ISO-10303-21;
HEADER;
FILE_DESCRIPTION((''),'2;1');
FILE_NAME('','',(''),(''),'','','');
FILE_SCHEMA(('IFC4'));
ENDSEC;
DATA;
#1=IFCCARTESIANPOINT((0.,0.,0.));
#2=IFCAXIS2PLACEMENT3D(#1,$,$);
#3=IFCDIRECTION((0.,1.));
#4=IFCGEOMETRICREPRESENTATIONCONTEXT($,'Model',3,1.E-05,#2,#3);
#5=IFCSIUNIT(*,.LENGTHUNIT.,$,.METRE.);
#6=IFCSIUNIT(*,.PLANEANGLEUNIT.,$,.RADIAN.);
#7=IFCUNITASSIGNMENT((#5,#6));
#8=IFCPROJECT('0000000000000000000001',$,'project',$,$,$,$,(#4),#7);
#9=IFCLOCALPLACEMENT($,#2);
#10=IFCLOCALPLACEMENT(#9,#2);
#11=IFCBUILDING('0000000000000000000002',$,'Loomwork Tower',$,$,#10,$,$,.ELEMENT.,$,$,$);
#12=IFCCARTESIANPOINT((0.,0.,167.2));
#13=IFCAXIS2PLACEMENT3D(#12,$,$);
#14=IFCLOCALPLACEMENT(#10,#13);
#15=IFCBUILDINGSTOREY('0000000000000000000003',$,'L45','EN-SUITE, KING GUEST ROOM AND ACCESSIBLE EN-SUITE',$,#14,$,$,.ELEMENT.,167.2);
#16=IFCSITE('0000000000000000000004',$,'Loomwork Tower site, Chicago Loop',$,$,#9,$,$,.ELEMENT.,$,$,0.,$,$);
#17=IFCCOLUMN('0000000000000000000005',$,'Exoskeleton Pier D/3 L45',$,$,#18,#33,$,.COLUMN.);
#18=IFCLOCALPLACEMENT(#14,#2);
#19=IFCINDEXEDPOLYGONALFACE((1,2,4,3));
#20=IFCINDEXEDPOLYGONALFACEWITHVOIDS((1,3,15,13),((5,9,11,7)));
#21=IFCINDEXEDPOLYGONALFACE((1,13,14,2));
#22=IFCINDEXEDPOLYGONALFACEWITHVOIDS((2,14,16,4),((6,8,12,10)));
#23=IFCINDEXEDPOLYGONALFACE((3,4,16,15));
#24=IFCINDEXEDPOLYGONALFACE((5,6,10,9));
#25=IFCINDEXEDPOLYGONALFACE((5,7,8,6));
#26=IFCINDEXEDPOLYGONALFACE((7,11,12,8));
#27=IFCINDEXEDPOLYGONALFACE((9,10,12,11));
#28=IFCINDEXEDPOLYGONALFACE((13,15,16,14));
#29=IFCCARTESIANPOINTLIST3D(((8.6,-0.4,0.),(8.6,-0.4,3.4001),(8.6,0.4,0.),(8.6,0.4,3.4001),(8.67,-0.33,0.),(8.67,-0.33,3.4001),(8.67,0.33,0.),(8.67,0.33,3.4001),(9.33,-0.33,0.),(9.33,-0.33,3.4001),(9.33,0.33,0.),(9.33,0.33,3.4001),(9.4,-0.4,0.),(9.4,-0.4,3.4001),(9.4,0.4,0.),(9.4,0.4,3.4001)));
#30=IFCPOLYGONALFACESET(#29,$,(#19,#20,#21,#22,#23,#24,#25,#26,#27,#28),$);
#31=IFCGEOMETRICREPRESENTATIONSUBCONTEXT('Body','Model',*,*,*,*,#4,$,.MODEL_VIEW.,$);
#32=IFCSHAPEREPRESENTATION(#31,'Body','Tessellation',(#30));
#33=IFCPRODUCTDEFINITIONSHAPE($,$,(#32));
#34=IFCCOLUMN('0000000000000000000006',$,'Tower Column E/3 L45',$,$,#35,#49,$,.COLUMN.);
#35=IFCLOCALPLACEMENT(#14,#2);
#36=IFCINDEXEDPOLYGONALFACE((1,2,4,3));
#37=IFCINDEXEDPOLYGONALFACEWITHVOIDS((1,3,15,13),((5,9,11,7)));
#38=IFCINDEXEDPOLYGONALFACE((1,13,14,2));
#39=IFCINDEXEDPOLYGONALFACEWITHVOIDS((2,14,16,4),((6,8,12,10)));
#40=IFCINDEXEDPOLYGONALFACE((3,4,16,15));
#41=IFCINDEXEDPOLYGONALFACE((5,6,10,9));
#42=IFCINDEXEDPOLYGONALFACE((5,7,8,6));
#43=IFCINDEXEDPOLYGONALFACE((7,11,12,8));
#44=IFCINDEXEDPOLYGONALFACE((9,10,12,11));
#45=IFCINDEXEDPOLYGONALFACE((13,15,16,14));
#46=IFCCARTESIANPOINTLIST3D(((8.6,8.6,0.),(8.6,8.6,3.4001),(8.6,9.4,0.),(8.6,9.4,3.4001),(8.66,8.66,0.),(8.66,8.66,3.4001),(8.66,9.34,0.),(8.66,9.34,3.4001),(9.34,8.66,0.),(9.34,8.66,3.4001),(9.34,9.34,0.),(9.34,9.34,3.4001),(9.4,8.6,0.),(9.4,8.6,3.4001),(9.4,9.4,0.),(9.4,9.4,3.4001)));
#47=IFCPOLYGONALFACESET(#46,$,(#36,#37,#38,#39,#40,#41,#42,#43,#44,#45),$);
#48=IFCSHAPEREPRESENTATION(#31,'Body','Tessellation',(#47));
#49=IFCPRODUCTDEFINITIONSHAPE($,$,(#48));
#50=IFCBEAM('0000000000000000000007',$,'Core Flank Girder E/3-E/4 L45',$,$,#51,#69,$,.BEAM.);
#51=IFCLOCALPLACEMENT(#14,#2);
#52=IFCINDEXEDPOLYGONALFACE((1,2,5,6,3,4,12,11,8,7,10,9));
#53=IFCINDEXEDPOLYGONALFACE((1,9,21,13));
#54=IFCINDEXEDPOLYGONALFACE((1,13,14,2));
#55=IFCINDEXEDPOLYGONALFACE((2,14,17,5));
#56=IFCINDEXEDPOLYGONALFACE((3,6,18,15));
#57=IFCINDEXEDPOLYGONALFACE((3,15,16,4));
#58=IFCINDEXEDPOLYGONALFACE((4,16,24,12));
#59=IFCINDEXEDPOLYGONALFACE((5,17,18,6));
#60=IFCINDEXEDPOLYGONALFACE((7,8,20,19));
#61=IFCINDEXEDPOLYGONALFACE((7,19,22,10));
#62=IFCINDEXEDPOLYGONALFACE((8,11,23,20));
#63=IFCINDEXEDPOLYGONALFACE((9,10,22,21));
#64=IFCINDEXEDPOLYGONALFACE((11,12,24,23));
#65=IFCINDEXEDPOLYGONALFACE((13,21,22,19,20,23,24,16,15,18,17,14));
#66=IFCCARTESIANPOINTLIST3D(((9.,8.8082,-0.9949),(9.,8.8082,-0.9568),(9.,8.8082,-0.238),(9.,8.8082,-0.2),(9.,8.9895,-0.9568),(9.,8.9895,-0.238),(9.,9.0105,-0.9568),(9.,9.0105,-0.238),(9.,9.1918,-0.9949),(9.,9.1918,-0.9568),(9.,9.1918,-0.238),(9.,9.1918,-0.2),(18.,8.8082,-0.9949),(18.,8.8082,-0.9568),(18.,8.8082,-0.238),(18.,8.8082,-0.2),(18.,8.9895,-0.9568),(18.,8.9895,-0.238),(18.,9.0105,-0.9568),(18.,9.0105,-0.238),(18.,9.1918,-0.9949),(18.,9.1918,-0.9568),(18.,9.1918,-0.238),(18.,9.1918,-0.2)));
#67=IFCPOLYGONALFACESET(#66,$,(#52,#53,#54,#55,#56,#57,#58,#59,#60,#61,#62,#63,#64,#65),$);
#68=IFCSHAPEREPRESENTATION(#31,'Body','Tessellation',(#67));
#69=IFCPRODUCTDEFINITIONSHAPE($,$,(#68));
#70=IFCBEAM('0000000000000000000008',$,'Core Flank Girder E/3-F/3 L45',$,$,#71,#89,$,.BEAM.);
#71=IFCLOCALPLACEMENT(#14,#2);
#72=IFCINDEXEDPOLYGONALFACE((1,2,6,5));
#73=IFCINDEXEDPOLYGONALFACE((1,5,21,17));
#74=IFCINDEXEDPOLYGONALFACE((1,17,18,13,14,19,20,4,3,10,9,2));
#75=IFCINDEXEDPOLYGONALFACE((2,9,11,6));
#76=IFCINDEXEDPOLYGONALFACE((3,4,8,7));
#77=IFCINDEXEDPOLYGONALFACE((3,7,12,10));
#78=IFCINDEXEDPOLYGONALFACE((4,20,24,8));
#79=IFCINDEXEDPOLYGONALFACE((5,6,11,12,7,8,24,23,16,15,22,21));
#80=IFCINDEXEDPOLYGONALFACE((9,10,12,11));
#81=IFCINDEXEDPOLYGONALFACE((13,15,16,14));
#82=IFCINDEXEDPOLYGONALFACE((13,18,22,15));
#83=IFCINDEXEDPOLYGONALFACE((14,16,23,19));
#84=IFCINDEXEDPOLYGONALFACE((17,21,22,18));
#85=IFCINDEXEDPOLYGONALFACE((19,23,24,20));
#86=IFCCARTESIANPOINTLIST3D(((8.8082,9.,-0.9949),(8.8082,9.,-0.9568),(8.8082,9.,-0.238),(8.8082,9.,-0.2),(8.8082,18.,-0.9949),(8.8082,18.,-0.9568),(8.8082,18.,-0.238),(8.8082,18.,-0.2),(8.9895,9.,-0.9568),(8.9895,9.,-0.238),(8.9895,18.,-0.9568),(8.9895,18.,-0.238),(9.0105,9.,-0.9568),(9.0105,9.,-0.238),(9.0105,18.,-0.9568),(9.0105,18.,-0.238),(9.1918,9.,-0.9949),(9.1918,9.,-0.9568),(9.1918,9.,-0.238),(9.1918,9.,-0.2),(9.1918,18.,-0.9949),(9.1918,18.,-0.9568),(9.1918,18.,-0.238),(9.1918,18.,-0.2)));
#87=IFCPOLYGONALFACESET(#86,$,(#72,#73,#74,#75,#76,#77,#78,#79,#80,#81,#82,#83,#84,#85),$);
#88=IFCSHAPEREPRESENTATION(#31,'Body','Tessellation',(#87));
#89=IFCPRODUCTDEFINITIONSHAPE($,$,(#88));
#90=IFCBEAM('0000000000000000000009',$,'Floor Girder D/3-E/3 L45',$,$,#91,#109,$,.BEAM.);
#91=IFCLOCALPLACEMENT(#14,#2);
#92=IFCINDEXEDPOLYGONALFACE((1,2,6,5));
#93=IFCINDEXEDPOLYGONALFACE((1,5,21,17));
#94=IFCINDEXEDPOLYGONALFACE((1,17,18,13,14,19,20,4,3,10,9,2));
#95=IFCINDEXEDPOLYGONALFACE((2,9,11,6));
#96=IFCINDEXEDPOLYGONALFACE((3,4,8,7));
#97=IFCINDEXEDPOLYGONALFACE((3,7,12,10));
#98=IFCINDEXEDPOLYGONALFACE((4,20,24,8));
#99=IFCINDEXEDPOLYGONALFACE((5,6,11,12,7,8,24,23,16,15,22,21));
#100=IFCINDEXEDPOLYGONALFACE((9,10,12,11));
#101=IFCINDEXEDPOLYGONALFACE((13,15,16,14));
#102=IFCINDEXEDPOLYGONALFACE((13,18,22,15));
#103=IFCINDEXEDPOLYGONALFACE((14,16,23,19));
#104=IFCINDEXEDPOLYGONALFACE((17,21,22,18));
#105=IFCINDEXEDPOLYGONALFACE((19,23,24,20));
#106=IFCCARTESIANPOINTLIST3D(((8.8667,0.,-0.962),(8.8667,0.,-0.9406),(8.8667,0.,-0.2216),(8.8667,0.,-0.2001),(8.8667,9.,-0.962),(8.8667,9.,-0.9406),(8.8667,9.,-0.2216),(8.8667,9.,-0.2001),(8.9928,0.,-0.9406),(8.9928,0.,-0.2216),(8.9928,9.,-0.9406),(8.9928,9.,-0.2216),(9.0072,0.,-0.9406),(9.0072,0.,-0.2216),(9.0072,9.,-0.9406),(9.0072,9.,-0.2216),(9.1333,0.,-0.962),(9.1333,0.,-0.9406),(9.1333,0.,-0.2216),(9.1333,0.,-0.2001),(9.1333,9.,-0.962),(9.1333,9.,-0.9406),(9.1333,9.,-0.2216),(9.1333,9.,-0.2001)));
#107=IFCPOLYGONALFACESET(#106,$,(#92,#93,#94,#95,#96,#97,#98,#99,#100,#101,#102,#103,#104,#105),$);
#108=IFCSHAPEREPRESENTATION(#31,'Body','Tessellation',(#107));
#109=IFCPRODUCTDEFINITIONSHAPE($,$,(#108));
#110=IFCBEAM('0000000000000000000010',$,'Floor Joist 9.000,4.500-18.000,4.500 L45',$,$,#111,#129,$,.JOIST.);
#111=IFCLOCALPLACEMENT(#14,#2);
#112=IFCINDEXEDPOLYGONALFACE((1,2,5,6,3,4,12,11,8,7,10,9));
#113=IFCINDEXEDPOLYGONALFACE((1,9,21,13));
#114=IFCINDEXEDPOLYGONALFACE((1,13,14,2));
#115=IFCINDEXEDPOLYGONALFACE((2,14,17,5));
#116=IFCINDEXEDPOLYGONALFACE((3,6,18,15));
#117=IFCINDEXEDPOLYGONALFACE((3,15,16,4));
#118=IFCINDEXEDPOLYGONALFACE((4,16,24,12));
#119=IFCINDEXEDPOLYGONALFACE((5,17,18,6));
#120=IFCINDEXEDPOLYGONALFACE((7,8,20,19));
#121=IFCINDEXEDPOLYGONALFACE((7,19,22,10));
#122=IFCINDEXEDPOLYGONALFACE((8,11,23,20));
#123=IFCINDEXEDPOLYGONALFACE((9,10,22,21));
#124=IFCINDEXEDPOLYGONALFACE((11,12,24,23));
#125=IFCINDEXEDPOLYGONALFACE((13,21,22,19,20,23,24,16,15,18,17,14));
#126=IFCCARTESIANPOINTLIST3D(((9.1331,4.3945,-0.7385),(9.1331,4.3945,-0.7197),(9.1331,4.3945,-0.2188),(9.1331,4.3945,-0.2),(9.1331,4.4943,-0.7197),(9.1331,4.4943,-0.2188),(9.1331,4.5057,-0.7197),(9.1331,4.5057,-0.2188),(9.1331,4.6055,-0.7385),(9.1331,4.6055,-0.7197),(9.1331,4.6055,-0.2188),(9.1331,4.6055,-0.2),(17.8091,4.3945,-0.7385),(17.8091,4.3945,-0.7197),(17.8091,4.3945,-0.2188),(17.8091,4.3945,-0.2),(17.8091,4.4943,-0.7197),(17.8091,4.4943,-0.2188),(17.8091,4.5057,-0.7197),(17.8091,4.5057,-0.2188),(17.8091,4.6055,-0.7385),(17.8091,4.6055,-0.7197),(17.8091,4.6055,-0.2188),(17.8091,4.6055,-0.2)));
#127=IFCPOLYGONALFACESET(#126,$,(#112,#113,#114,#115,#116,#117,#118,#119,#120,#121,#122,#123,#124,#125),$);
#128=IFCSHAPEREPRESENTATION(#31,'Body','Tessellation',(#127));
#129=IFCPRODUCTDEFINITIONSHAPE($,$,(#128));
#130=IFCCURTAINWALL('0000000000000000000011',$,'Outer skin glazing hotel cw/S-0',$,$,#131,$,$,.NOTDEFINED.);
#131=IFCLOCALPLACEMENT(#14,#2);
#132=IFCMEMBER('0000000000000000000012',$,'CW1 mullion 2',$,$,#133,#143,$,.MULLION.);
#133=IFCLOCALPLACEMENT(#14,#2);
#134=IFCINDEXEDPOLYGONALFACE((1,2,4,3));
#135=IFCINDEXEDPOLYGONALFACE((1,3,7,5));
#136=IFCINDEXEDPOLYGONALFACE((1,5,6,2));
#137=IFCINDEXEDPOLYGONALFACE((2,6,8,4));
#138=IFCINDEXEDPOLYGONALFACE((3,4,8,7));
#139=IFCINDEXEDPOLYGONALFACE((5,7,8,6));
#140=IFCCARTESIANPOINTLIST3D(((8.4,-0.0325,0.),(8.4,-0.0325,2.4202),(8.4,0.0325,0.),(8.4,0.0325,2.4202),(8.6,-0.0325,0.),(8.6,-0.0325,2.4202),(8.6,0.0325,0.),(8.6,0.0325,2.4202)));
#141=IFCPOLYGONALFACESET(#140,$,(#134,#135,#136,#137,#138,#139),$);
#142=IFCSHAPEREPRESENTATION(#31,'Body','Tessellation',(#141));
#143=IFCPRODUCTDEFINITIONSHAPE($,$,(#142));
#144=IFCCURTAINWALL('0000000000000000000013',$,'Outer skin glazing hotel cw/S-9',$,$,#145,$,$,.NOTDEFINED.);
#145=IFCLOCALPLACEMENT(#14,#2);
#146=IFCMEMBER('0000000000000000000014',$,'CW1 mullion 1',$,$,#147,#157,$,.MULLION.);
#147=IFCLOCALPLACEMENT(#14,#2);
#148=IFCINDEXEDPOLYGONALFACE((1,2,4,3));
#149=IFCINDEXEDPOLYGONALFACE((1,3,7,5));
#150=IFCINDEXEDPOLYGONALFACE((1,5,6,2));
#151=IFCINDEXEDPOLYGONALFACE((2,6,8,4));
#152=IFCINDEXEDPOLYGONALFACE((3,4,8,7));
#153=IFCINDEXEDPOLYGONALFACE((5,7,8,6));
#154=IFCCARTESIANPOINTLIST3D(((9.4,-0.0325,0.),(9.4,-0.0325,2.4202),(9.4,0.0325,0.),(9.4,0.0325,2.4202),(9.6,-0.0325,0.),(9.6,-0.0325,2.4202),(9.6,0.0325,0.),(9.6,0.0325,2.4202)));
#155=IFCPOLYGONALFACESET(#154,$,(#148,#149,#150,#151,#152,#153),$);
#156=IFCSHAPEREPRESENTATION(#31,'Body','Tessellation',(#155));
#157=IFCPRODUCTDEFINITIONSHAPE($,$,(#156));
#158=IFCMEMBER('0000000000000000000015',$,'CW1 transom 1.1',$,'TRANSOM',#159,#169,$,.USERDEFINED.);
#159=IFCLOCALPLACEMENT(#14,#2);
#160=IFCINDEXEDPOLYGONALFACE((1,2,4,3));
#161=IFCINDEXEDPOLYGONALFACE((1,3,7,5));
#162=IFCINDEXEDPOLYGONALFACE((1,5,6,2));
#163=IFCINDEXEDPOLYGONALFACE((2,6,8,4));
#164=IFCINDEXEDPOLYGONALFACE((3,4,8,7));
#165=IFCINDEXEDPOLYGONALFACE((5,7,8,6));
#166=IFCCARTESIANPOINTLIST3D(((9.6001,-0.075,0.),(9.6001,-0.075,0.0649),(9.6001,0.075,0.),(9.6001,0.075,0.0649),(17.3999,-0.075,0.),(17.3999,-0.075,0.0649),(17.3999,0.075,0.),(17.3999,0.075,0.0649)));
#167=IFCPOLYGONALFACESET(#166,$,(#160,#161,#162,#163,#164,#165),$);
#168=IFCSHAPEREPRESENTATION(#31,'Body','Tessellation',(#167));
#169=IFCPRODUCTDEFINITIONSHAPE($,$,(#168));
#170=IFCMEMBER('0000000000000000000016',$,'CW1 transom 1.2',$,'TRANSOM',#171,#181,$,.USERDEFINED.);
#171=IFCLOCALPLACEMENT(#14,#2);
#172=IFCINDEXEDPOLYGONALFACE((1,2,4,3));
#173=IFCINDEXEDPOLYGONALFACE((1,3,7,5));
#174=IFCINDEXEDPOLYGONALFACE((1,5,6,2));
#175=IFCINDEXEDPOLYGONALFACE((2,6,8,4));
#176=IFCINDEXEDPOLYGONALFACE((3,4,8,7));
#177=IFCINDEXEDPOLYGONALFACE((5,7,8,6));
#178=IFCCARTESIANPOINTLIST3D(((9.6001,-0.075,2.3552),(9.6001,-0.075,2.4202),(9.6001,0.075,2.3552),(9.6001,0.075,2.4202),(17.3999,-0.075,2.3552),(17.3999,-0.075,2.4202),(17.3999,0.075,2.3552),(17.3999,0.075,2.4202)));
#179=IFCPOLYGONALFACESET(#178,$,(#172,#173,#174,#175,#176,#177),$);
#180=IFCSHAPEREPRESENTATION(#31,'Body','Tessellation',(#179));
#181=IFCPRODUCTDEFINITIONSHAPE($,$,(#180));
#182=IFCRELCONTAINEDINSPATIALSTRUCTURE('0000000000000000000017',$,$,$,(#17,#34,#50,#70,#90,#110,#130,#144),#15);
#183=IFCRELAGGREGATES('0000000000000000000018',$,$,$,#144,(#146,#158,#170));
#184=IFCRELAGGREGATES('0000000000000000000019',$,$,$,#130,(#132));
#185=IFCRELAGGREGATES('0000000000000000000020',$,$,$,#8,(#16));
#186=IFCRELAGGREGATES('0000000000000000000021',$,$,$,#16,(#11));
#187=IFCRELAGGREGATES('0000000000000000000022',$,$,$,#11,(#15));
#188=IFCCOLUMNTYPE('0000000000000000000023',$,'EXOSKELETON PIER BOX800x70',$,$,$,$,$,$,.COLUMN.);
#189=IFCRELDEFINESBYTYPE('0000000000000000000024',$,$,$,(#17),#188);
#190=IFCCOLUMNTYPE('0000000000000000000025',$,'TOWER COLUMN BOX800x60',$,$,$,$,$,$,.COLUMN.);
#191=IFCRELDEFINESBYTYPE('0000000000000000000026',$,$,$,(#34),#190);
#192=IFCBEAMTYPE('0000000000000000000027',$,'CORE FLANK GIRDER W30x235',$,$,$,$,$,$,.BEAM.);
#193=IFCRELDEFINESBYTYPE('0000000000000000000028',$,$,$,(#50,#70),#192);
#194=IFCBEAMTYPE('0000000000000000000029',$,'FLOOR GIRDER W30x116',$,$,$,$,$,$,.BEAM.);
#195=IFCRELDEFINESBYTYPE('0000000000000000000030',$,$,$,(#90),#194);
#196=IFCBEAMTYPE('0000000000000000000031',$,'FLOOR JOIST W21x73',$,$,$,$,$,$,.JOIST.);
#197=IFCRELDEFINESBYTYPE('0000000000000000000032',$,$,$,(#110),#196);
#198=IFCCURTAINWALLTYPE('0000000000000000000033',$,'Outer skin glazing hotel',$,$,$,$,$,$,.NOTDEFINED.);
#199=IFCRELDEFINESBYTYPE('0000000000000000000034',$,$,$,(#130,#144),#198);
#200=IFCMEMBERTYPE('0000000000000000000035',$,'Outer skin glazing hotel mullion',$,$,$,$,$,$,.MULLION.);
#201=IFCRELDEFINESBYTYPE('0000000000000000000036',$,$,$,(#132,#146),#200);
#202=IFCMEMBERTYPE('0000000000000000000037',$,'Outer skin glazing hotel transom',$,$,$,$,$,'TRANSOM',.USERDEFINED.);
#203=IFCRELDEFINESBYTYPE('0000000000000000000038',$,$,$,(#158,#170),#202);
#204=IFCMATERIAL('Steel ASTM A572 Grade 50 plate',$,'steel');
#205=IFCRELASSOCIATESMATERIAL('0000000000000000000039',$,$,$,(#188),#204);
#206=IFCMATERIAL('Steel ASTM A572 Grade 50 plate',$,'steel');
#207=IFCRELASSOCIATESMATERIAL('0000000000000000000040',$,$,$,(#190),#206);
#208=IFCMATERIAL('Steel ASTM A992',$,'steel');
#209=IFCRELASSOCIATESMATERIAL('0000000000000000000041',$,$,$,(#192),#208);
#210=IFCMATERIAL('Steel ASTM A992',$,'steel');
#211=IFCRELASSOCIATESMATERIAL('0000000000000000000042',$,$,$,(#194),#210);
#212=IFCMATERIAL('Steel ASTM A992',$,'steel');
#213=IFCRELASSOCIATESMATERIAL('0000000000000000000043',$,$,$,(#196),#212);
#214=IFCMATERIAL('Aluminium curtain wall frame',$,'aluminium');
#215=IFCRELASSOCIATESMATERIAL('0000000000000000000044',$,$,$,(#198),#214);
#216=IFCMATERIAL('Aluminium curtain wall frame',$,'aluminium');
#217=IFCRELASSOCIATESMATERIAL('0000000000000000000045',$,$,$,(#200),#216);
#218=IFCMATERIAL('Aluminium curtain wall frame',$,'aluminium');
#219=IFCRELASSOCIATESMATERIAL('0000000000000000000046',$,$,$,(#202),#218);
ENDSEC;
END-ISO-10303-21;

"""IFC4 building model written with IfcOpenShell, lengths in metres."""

from ifc_helpers import new_model, si_unit, direction, frame, origin, origin_2d, place, context, subcontext, project, spatial, rectangle, hollow_rectangle, i_section, extrude, material, material_profile, profile_set, type_object, element, aggregate, save


model = new_model("IFC4")

# Units and contexts
model_context = context("Model", 3, precision=1e-05, world=origin(), true_north=direction((0.0, 1.0)))
body_context = subcontext(model_context, "Body", "Model", "MODEL_VIEW")
ifc_project = project(units=[si_unit("LENGTHUNIT", "METRE"), si_unit("PLANEANGLEUNIT", "RADIAN")], contexts=[model_context])

# Site, building, storey
site_placement = place(None, origin())
site = spatial("IfcSite", under=ifc_project, at=site_placement, Name="Loomwork Tower site, Chicago Loop", CompositionType="ELEMENT", RefElevation=0.0)
building_placement = place(site_placement, origin())
building = spatial("IfcBuilding", under=site, at=building_placement, Name="Loomwork Tower", CompositionType="ELEMENT")
storey_placement = place(building_placement, frame((0.0, 0.0, 167.2)))
storey = spatial("IfcBuildingStorey", under=building, at=storey_placement, Name="L45", Description="EN-SUITE, KING GUEST ROOM AND ACCESSIBLE EN-SUITE", CompositionType="ELEMENT", Elevation=167.2)

# Columns
ifc_material_1 = material(Name="Steel ASTM A572 Grade 50 plate", Category="steel")
ifc_material_profile_1 = material_profile(ifc_material_1, hollow_rectangle(XDim=0.8, YDim=0.8, WallThickness=0.0701, at=origin_2d()), Name="BOX800x70")
ifc_profile_set_1 = profile_set([ifc_material_profile_1], Name="Steel ASTM A572 Grade 50 plate")
column_type_1 = type_object("IfcColumnType", Name="EXOSKELETON PIER BOX800x70", PredefinedType="COLUMN", material=ifc_profile_set_1)
column_1_placement = place(storey_placement, frame((9.0, 0.0, 0.0), z_axis=(0.0, 0.0, 1.0), x_axis=(1.0, 0.0, 0.0)))
element("IfcColumn", 1, at=column_1_placement, inside=storey, type_object=column_type_1, Name="Exoskeleton Pier D/3 L45", PredefinedType="COLUMN", context=body_context, shape_type="SweptSolid", body=[
    extrude(hollow_rectangle(XDim=0.8, YDim=0.8, WallThickness=0.0701, at=origin_2d()), origin(), (0.0, 0.0, 1.0), 3.4001),
])
ifc_material_2 = material(Name="Steel ASTM A572 Grade 50 plate", Category="steel")
ifc_material_profile_2 = material_profile(ifc_material_2, hollow_rectangle(XDim=0.8, YDim=0.8, WallThickness=0.0601, at=origin_2d()), Name="BOX800x60")
ifc_profile_set_2 = profile_set([ifc_material_profile_2], Name="Steel ASTM A572 Grade 50 plate")
column_type_2 = type_object("IfcColumnType", Name="TOWER COLUMN BOX800x60", PredefinedType="COLUMN", material=ifc_profile_set_2)
column_2_placement = place(storey_placement, frame((9.0, 9.0, 0.0), z_axis=(0.0, 0.0, 1.0), x_axis=(1.0, 0.0, 0.0)))
element("IfcColumn", 2, at=column_2_placement, inside=storey, type_object=column_type_2, Name="Tower Column E/3 L45", PredefinedType="COLUMN", context=body_context, shape_type="SweptSolid", body=[
    extrude(hollow_rectangle(XDim=0.8, YDim=0.8, WallThickness=0.0601, at=origin_2d()), origin(), (0.0, 0.0, 1.0), 3.4001),
])

# Beams
ifc_material_3 = material(Name="Steel ASTM A992", Category="steel")
ifc_material_profile_3 = material_profile(ifc_material_3, i_section(OverallWidth=0.3835, OverallDepth=0.7949, WebThickness=0.021, FlangeThickness=0.0381, at=origin_2d()), Name="W30x235")
ifc_profile_set_3 = profile_set([ifc_material_profile_3], Name="Steel ASTM A992")
beam_type_1 = type_object("IfcBeamType", Name="CORE FLANK GIRDER W30x235", PredefinedType="BEAM", material=ifc_profile_set_3)
for number, where, z_axis, x_axis, name in (
    (3, (9.0, 9.0, -0.5974), (1.0, 0.0, 0.0), (0.0, 1.0, 0.0), "Core Flank Girder E/3-E/4 L45"),
    (4, (9.0, 9.0, -0.5974), (0.0, 1.0, 0.0), (-1.0, 0.0, 0.0), "Core Flank Girder E/3-F/3 L45"),
):
    element("IfcBeam", number, at=place(storey_placement, frame(where, z_axis=z_axis, x_axis=x_axis)), inside=storey, type_object=beam_type_1, Name=name, PredefinedType="BEAM", context=body_context, shape_type="SweptSolid", body=[
        extrude(i_section(OverallWidth=0.3835, OverallDepth=0.7949, WebThickness=0.021, FlangeThickness=0.0381, at=origin_2d()), origin(), (0.0, 0.0, 1.0), 9.0),
    ])
ifc_material_4 = material(Name="Steel ASTM A992", Category="steel")
ifc_material_profile_4 = material_profile(ifc_material_4, i_section(OverallWidth=0.2666, OverallDepth=0.762, WebThickness=0.0144, FlangeThickness=0.0215, at=origin_2d()), Name="W30x116")
ifc_profile_set_4 = profile_set([ifc_material_profile_4], Name="Steel ASTM A992")
beam_type_2 = type_object("IfcBeamType", Name="FLOOR GIRDER W30x116", PredefinedType="BEAM", material=ifc_profile_set_4)
beam_1_placement = place(storey_placement, frame((9.0, 0.0, -0.5811), z_axis=(0.0, 1.0, 0.0), x_axis=(-1.0, 0.0, 0.0)))
element("IfcBeam", 5, at=beam_1_placement, inside=storey, type_object=beam_type_2, Name="Floor Girder D/3-E/3 L45", PredefinedType="BEAM", context=body_context, shape_type="SweptSolid", body=[
    extrude(i_section(OverallWidth=0.2666, OverallDepth=0.762, WebThickness=0.0144, FlangeThickness=0.0215, at=origin_2d()), origin(), (0.0, 0.0, 1.0), 9.0),
])
ifc_material_5 = material(Name="Steel ASTM A992", Category="steel")
ifc_material_profile_5 = material_profile(ifc_material_5, i_section(OverallWidth=0.2109, OverallDepth=0.5386, WebThickness=0.0115, FlangeThickness=0.0188, at=origin_2d()), Name="W21x73")
ifc_profile_set_5 = profile_set([ifc_material_profile_5], Name="Steel ASTM A992")
beam_type_3 = type_object("IfcBeamType", Name="FLOOR JOIST W21x73", PredefinedType="JOIST", material=ifc_profile_set_5)
beam_2_placement = place(storey_placement, frame((9.1331, 4.5, -0.4692), z_axis=(1.0, 0.0, 0.0), x_axis=(0.0, 1.0, 0.0)))
element("IfcBeam", 6, at=beam_2_placement, inside=storey, type_object=beam_type_3, Name="Floor Joist 9.000,4.500-18.000,4.500 L45", PredefinedType="JOIST", context=body_context, shape_type="SweptSolid", body=[
    extrude(i_section(OverallWidth=0.2109, OverallDepth=0.5386, WebThickness=0.0115, FlangeThickness=0.0188, at=origin_2d()), origin(), (0.0, 0.0, 1.0), 8.676),
])

# Curtain wall, member
ifc_material_6 = material(Name="Aluminium curtain wall frame", Category="aluminium")
curtain_wall_type = type_object("IfcCurtainWallType", Name="Outer skin glazing hotel", PredefinedType="NOTDEFINED", material=ifc_material_6)
curtain_wall_1_placement = place(storey_placement, origin())
curtain_wall_1 = element("IfcCurtainWall", 7, at=curtain_wall_1_placement, inside=storey, type_object=curtain_wall_type, Name="Outer skin glazing hotel cw/S-0", PredefinedType="NOTDEFINED")
ifc_material_7 = material(Name="Aluminium curtain wall frame", Category="aluminium")
ifc_material_profile_6 = material_profile(ifc_material_7, rectangle(XDim=0.0649, YDim=0.2, at=origin_2d()), Name="AL 65x200")
ifc_profile_set_6 = profile_set([ifc_material_profile_6], Name="Aluminium curtain wall frame")
member_type_1 = type_object("IfcMemberType", Name="Outer skin glazing hotel mullion", PredefinedType="MULLION", material=ifc_profile_set_6)
member_1_placement = place(storey_placement, frame((8.5, 0.0, 0.0), z_axis=(0.0, 0.0, 1.0), x_axis=(0.0, 1.0, 0.0)))
member_1 = element("IfcMember", 8, at=member_1_placement, type_object=member_type_1, Name="CW1 mullion 2", PredefinedType="MULLION", context=body_context, shape_type="SweptSolid", body=[
    extrude(rectangle(XDim=0.0649, YDim=0.2, at=origin_2d()), origin(), (0.0, 0.0, 1.0), 2.4202),
])

# Curtain wall, members
curtain_wall_2_placement = place(storey_placement, origin())
curtain_wall_2 = element("IfcCurtainWall", 9, at=curtain_wall_2_placement, inside=storey, type_object=curtain_wall_type, Name="Outer skin glazing hotel cw/S-9", PredefinedType="NOTDEFINED")
member_2_placement = place(storey_placement, frame((9.5, 0.0, 0.0), z_axis=(0.0, 0.0, 1.0), x_axis=(0.0, 1.0, 0.0)))
member_2 = element("IfcMember", 10, at=member_2_placement, type_object=member_type_1, Name="CW1 mullion 1", PredefinedType="MULLION", context=body_context, shape_type="SweptSolid", body=[
    extrude(rectangle(XDim=0.0649, YDim=0.2, at=origin_2d()), origin(), (0.0, 0.0, 1.0), 2.4202),
])
ifc_material_8 = material(Name="Aluminium curtain wall frame", Category="aluminium")
ifc_material_profile_7 = material_profile(ifc_material_8, rectangle(XDim=0.1499, YDim=0.0649, at=origin_2d()), Name="AL 65x150")
ifc_profile_set_7 = profile_set([ifc_material_profile_7], Name="Aluminium curtain wall frame")
member_type_2 = type_object("IfcMemberType", Name="Outer skin glazing hotel transom", ElementType="TRANSOM", PredefinedType="USERDEFINED", material=ifc_profile_set_7)
member_3_placement = place(storey_placement, frame((9.6001, 0.0, 0.0325), z_axis=(1.0, 0.0, 0.0), x_axis=(0.0, 1.0, 0.0)))
member_3 = element("IfcMember", 11, at=member_3_placement, type_object=member_type_2, Name="CW1 transom 1.1", ObjectType="TRANSOM", PredefinedType="USERDEFINED", context=body_context, shape_type="SweptSolid", body=[
    extrude(rectangle(XDim=0.1499, YDim=0.0649, at=origin_2d()), origin(), (0.0, 0.0, 1.0), 7.7998),
])
member_4_placement = place(storey_placement, frame((9.6001, 0.0, 2.3877), z_axis=(1.0, 0.0, 0.0), x_axis=(0.0, 1.0, 0.0)))
member_4 = element("IfcMember", 12, at=member_4_placement, type_object=member_type_2, Name="CW1 transom 1.2", ObjectType="TRANSOM", PredefinedType="USERDEFINED", context=body_context, shape_type="SweptSolid", body=[
    extrude(rectangle(XDim=0.1499, YDim=0.0649, at=origin_2d()), origin(), (0.0, 0.0, 1.0), 7.7998),
])
aggregate(curtain_wall_2, [member_2, member_3, member_4])

aggregate(curtain_wall_1, [member_1])

save(model, "model.ifc")
